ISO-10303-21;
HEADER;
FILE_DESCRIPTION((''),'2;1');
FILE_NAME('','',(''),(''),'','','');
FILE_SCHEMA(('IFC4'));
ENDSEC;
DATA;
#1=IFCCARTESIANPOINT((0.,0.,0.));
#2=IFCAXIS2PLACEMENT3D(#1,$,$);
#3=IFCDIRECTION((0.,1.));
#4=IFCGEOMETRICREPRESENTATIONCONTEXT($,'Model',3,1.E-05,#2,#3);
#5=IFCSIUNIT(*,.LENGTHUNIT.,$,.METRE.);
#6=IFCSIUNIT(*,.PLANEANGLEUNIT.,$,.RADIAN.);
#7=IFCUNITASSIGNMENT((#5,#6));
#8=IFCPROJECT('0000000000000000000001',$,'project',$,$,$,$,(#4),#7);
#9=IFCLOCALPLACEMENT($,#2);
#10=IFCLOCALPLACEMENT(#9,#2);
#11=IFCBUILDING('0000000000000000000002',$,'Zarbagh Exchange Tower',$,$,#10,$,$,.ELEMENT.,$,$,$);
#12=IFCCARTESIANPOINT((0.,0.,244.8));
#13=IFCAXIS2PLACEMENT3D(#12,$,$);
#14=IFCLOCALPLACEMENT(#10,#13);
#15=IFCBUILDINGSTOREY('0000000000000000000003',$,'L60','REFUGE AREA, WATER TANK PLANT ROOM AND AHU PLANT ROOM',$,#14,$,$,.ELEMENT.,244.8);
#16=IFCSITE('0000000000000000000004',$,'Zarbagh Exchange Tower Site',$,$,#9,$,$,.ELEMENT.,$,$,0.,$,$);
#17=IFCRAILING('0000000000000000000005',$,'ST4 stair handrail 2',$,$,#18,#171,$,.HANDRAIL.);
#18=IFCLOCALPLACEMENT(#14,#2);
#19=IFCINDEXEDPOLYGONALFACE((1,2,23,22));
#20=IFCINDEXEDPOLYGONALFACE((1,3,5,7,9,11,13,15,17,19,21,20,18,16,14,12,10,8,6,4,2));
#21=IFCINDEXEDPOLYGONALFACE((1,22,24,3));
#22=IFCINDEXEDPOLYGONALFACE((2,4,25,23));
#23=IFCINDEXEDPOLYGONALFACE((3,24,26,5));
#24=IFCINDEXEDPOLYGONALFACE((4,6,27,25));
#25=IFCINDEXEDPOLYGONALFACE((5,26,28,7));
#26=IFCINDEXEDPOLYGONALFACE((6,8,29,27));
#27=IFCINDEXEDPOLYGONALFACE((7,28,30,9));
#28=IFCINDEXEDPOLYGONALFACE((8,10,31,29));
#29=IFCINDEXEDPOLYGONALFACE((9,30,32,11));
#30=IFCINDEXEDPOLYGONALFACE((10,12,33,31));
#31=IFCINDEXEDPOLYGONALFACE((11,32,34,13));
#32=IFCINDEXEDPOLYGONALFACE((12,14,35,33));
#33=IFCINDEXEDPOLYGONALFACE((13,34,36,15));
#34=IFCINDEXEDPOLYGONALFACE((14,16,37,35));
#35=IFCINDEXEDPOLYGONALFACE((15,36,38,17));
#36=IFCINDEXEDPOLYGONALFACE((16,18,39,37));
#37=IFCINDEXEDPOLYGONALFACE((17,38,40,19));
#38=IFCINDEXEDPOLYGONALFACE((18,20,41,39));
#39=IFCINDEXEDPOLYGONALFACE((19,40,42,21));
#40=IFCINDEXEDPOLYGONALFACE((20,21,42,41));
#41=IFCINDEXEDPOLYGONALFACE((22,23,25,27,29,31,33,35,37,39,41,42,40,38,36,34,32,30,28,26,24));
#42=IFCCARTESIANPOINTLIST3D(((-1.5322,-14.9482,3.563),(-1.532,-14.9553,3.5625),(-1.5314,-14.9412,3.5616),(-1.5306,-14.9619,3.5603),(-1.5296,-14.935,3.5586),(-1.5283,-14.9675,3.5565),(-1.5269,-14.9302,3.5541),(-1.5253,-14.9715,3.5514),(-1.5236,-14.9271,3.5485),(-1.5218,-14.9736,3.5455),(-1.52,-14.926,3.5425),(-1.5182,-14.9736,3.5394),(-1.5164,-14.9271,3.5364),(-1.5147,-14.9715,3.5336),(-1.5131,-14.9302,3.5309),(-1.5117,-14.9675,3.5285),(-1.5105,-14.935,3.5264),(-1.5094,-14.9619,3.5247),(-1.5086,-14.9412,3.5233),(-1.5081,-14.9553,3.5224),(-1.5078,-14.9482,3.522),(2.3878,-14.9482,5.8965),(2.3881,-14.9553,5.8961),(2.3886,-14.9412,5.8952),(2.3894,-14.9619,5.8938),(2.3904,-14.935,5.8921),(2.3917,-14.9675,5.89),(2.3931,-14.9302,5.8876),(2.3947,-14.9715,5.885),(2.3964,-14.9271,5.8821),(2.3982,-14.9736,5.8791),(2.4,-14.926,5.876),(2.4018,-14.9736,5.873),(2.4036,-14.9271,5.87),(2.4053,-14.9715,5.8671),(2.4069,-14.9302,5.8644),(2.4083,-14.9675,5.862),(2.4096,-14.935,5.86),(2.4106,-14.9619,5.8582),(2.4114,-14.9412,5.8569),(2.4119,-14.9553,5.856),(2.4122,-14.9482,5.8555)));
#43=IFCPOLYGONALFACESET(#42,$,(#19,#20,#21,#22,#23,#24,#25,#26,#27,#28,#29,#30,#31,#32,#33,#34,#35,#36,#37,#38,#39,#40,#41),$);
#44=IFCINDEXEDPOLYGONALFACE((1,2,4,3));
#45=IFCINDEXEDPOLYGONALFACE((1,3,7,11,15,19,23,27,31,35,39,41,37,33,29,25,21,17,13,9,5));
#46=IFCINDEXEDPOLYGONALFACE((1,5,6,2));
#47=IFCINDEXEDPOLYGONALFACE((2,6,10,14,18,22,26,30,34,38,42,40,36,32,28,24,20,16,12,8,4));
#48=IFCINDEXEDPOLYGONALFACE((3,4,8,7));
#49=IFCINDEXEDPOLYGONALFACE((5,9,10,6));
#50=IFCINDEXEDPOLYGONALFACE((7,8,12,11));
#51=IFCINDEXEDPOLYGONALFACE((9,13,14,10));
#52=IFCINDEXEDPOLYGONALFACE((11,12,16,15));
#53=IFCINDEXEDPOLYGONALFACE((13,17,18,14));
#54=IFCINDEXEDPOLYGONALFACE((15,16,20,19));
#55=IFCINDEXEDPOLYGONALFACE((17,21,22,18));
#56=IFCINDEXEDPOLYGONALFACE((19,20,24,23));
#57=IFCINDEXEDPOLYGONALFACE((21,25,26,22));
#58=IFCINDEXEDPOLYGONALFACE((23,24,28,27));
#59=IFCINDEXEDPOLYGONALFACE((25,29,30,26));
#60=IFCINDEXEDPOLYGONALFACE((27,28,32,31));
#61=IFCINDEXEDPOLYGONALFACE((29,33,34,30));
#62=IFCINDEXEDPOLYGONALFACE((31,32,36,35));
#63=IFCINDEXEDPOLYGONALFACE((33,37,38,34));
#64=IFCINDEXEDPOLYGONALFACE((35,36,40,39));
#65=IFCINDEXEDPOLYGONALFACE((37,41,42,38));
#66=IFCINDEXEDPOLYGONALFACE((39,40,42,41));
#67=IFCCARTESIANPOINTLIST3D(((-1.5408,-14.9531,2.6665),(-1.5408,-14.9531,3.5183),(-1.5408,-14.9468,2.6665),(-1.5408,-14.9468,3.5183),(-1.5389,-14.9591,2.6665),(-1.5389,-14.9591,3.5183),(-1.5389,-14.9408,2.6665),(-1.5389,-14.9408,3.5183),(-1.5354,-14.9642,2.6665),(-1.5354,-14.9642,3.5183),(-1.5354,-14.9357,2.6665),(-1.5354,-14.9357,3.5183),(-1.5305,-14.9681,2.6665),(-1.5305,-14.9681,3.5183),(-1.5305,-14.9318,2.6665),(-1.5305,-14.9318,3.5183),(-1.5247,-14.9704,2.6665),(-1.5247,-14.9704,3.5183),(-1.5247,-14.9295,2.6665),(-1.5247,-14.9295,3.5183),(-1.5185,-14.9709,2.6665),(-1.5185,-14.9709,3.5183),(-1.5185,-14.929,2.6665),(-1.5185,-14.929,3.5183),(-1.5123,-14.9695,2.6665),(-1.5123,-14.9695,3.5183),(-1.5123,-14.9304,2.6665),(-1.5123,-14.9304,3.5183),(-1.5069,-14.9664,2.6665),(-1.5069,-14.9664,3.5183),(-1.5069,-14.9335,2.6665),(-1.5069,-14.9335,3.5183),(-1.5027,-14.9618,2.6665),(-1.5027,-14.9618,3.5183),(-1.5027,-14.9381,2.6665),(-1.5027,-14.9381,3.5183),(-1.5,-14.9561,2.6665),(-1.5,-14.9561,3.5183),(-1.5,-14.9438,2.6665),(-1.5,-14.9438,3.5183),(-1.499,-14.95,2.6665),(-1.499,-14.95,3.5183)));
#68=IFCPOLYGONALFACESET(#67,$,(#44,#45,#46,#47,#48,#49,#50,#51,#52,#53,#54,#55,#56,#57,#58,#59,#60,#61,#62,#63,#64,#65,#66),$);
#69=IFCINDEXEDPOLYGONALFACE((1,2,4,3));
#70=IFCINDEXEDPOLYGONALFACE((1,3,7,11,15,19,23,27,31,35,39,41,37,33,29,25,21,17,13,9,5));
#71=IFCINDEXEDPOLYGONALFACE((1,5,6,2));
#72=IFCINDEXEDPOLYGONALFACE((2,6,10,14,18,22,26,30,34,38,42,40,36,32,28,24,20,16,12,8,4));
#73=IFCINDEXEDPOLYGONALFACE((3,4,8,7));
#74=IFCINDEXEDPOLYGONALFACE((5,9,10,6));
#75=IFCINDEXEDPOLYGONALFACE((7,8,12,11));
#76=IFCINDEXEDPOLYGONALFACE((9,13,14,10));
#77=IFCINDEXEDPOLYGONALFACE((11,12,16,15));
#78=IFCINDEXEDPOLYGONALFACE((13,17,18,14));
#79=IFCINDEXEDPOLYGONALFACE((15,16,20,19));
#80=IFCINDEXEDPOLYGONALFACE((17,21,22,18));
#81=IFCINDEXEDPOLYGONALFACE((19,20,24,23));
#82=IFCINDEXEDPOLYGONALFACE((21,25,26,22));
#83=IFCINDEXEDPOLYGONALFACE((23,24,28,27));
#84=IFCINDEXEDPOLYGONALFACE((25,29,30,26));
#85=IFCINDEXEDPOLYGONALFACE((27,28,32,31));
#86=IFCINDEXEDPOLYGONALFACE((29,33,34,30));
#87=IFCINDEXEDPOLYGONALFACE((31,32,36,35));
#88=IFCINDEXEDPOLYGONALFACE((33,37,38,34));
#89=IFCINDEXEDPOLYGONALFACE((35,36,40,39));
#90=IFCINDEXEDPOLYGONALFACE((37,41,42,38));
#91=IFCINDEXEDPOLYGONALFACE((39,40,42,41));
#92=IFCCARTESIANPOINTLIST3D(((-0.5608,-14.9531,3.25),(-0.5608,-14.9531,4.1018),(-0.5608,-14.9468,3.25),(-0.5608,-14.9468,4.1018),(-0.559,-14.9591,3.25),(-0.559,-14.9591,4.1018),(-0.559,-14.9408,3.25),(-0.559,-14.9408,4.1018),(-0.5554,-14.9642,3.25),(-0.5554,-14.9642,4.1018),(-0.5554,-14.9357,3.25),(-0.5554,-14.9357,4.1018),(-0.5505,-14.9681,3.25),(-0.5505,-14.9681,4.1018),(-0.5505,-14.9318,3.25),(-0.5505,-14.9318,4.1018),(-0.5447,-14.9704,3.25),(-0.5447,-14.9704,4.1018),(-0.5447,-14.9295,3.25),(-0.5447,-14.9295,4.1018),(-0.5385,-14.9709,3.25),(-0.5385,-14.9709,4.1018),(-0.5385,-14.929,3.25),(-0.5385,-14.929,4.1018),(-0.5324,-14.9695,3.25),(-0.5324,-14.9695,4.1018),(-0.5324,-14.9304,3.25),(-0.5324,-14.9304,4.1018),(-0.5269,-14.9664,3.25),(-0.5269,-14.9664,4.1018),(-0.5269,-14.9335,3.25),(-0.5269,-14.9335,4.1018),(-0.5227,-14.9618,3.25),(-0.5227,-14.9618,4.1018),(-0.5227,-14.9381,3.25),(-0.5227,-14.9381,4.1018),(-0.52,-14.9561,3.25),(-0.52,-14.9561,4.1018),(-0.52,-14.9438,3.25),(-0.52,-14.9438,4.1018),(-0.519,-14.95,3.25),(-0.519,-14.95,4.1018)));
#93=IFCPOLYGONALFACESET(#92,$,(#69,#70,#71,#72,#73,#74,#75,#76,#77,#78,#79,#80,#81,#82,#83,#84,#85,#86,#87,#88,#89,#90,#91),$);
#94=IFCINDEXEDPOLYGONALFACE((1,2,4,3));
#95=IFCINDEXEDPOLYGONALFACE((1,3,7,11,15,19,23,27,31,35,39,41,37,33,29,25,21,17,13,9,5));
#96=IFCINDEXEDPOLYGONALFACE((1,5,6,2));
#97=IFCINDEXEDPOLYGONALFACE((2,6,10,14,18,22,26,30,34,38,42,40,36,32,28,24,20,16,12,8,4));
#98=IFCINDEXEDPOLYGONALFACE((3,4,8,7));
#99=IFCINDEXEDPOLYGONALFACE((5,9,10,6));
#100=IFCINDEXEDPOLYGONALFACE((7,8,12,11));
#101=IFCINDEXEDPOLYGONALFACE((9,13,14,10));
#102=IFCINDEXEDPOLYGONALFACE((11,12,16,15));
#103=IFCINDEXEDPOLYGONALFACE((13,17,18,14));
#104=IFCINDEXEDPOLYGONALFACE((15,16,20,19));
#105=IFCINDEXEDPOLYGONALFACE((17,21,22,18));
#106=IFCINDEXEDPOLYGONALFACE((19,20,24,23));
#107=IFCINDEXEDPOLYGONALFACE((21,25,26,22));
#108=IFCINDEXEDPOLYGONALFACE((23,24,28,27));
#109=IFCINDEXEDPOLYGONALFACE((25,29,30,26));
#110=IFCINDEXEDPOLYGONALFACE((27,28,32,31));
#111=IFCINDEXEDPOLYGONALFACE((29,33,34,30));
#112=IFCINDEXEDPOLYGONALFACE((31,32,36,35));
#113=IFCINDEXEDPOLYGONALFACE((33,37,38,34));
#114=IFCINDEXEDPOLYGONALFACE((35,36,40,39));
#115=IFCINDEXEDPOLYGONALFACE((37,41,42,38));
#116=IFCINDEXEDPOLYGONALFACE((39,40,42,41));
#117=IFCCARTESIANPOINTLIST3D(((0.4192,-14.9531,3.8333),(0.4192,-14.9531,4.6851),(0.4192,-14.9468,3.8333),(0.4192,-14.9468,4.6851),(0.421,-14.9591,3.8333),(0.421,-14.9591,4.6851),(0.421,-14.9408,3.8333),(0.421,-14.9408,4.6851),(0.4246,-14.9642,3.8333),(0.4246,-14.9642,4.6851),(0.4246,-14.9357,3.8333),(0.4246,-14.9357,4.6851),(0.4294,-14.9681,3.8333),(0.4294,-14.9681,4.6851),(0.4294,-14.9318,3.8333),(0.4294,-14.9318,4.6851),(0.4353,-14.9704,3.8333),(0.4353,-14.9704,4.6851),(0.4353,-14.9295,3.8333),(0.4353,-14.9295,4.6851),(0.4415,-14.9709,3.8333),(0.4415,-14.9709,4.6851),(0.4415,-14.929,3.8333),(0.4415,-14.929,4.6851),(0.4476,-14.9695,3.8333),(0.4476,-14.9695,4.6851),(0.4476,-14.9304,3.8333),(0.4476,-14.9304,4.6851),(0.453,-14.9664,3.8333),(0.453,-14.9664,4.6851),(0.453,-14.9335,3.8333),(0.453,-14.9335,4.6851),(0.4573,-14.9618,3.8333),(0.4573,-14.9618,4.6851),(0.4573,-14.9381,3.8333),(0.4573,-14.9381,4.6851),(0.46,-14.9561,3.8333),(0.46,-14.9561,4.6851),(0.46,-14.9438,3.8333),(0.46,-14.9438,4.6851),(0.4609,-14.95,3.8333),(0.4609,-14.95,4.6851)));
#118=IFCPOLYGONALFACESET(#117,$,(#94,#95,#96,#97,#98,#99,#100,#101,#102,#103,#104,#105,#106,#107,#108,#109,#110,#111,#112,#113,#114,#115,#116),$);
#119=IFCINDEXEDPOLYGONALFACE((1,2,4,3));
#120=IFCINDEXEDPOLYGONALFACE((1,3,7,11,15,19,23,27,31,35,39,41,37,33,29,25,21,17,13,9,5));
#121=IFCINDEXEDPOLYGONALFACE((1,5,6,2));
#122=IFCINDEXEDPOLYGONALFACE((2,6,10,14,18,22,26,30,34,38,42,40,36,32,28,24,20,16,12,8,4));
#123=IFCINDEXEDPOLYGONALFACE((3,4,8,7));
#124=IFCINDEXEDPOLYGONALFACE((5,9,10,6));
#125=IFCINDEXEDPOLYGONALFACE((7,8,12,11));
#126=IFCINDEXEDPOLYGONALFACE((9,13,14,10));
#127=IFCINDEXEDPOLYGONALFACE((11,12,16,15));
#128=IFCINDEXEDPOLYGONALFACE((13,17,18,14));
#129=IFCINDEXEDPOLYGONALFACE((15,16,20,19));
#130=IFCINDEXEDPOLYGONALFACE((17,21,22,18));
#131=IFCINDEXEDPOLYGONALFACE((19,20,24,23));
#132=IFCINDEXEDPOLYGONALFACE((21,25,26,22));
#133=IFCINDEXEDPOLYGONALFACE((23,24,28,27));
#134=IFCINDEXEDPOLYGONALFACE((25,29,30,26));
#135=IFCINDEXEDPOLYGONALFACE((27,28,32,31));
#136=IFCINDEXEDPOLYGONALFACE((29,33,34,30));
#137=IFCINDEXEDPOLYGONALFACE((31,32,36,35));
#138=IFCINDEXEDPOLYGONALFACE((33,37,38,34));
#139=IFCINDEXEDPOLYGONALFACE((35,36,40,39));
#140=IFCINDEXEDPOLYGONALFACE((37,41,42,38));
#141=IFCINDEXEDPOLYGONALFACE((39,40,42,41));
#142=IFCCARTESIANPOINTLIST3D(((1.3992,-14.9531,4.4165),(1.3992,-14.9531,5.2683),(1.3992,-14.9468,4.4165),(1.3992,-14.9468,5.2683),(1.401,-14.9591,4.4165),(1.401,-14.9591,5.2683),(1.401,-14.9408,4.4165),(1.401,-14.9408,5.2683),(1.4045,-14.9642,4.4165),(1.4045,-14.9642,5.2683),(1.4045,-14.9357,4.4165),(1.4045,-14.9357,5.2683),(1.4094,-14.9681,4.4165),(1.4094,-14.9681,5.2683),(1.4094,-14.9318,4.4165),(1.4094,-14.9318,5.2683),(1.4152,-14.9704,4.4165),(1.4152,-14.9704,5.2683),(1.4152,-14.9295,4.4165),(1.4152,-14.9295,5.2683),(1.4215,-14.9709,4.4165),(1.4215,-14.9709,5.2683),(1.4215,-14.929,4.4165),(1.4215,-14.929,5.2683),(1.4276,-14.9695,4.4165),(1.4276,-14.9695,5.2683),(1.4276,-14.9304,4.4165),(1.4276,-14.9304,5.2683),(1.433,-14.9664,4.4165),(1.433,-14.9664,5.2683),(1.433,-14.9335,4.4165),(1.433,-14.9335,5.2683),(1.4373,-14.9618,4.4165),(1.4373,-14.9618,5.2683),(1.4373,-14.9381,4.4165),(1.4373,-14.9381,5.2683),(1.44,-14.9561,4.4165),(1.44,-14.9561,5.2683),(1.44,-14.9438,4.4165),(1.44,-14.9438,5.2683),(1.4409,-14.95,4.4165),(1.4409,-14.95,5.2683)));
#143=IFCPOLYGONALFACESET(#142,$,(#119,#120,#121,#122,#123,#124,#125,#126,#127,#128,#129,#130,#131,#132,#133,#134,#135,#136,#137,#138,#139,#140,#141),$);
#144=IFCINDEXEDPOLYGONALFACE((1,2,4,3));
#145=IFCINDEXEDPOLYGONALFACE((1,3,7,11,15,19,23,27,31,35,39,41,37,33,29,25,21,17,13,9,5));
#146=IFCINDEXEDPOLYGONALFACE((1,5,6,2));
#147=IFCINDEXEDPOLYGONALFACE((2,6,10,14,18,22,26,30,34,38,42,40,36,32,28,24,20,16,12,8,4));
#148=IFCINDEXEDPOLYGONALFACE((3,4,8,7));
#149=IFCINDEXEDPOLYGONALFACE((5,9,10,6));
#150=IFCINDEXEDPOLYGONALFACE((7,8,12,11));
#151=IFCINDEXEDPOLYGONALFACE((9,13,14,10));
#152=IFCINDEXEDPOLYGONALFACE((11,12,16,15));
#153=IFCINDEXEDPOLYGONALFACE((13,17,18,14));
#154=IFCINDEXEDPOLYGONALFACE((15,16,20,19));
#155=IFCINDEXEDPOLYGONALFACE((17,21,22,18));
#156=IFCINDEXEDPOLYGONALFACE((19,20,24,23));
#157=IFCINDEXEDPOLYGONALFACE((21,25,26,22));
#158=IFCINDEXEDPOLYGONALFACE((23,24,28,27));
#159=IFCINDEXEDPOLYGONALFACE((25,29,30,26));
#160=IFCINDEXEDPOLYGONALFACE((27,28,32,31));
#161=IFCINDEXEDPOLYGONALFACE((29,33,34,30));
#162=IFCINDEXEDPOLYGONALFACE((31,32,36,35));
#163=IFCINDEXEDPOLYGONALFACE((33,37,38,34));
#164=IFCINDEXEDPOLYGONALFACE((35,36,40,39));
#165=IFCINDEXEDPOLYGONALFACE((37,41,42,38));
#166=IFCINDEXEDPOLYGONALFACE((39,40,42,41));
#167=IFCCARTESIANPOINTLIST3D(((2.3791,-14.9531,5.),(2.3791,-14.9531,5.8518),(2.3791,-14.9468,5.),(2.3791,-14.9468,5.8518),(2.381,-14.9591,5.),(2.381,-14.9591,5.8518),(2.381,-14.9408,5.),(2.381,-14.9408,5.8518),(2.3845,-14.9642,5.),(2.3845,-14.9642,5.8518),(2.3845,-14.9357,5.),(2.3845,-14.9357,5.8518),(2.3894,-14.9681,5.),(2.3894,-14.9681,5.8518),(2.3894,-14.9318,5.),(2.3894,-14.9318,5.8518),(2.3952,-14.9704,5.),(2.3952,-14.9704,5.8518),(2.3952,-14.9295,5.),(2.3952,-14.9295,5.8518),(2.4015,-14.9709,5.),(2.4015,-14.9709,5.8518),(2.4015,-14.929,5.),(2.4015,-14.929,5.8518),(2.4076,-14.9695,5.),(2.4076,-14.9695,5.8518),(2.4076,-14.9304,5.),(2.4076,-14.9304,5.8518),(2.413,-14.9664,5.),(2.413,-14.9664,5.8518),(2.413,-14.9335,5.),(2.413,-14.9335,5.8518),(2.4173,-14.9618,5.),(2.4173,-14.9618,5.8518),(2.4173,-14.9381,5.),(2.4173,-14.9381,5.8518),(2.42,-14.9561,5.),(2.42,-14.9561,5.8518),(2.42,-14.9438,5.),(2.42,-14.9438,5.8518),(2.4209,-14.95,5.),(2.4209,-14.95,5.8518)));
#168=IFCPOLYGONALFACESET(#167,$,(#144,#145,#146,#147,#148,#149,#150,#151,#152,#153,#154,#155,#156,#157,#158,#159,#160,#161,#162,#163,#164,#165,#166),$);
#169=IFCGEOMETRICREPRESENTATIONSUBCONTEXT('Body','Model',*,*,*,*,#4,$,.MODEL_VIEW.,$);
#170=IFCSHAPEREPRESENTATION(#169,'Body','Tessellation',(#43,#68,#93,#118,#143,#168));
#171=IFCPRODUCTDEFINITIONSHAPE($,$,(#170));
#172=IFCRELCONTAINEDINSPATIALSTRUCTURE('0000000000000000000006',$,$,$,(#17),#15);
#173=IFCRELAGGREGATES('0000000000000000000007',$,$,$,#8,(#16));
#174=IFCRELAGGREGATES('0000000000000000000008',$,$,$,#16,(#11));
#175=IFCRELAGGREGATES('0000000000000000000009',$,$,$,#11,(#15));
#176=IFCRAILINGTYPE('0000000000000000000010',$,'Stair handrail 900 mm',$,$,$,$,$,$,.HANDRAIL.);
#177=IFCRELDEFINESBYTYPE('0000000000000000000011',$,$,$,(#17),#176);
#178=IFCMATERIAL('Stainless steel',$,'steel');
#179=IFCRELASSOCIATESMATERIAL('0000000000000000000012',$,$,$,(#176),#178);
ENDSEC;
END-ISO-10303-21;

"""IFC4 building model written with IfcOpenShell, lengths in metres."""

from ifc_helpers import new_model, si_unit, direction, frame, origin, origin_2d, place, context, subcontext, project, spatial, circle, extrude, material, type_object, element, save


model = new_model("IFC4")

# Units and contexts
model_context = context("Model", 3, precision=1e-05, world=origin(), true_north=direction((0.0, 1.0)))
body_context = subcontext(model_context, "Body", "Model", "MODEL_VIEW")
ifc_project = project(units=[si_unit("LENGTHUNIT", "METRE"), si_unit("PLANEANGLEUNIT", "RADIAN")], contexts=[model_context])

# Site, building, storey
site_placement = place(None, origin())
site = spatial("IfcSite", under=ifc_project, at=site_placement, Name="Zarbagh Exchange Tower Site", CompositionType="ELEMENT", RefElevation=0.0)
building_placement = place(site_placement, origin())
building = spatial("IfcBuilding", under=site, at=building_placement, Name="Zarbagh Exchange Tower", CompositionType="ELEMENT")
storey_placement = place(building_placement, frame((0.0, 0.0, 244.8)))
storey = spatial("IfcBuildingStorey", under=building, at=storey_placement, Name="L60", Description="REFUGE AREA, WATER TANK PLANT ROOM AND AHU PLANT ROOM", CompositionType="ELEMENT", Elevation=244.8)

# Shared definitions
ifc_material_1 = material(Name="Stainless steel", Category="steel")

# Railing
railing_type_1 = type_object("IfcRailingType", Name="Stair handrail 900 mm", PredefinedType="HANDRAIL", material=ifc_material_1)
railing_1_placement = place(storey_placement, frame((-1.52, -14.95, 2.6665)))
element("IfcRailing", 1, at=railing_1_placement, inside=storey, type_object=railing_type_1, Name="ST4 stair handrail 2", PredefinedType="HANDRAIL", context=body_context, shape_type="SweptSolid", body=[
    extrude(circle(Radius=0.0239, at=origin_2d()), frame((0.0, 0.0, 0.876), z_axis=(0.859273, 0.0, 0.511518), x_axis=(0.0, 1.0, 0.0)), (0.0, 0.0, 1.0), 4.562),
    extrude(circle(Radius=0.021, at=origin_2d()), origin(), (0.0, 0.0, 1.0), 0.8518),
    extrude(circle(Radius=0.021, at=origin_2d()), frame((0.98, 0.0, 0.5835)), (0.0, 0.0, 1.0), 0.8518),
    extrude(circle(Radius=0.021, at=origin_2d()), frame((1.96, 0.0, 1.1667)), (0.0, 0.0, 1.0), 0.8518),
    extrude(circle(Radius=0.021, at=origin_2d()), frame((2.9399, 0.0, 1.75)), (0.0, 0.0, 1.0), 0.8518),
    extrude(circle(Radius=0.021, at=origin_2d()), frame((3.9199, 0.0, 2.3335)), (0.0, 0.0, 1.0), 0.8518),
])

save(model, "model.ifc")
